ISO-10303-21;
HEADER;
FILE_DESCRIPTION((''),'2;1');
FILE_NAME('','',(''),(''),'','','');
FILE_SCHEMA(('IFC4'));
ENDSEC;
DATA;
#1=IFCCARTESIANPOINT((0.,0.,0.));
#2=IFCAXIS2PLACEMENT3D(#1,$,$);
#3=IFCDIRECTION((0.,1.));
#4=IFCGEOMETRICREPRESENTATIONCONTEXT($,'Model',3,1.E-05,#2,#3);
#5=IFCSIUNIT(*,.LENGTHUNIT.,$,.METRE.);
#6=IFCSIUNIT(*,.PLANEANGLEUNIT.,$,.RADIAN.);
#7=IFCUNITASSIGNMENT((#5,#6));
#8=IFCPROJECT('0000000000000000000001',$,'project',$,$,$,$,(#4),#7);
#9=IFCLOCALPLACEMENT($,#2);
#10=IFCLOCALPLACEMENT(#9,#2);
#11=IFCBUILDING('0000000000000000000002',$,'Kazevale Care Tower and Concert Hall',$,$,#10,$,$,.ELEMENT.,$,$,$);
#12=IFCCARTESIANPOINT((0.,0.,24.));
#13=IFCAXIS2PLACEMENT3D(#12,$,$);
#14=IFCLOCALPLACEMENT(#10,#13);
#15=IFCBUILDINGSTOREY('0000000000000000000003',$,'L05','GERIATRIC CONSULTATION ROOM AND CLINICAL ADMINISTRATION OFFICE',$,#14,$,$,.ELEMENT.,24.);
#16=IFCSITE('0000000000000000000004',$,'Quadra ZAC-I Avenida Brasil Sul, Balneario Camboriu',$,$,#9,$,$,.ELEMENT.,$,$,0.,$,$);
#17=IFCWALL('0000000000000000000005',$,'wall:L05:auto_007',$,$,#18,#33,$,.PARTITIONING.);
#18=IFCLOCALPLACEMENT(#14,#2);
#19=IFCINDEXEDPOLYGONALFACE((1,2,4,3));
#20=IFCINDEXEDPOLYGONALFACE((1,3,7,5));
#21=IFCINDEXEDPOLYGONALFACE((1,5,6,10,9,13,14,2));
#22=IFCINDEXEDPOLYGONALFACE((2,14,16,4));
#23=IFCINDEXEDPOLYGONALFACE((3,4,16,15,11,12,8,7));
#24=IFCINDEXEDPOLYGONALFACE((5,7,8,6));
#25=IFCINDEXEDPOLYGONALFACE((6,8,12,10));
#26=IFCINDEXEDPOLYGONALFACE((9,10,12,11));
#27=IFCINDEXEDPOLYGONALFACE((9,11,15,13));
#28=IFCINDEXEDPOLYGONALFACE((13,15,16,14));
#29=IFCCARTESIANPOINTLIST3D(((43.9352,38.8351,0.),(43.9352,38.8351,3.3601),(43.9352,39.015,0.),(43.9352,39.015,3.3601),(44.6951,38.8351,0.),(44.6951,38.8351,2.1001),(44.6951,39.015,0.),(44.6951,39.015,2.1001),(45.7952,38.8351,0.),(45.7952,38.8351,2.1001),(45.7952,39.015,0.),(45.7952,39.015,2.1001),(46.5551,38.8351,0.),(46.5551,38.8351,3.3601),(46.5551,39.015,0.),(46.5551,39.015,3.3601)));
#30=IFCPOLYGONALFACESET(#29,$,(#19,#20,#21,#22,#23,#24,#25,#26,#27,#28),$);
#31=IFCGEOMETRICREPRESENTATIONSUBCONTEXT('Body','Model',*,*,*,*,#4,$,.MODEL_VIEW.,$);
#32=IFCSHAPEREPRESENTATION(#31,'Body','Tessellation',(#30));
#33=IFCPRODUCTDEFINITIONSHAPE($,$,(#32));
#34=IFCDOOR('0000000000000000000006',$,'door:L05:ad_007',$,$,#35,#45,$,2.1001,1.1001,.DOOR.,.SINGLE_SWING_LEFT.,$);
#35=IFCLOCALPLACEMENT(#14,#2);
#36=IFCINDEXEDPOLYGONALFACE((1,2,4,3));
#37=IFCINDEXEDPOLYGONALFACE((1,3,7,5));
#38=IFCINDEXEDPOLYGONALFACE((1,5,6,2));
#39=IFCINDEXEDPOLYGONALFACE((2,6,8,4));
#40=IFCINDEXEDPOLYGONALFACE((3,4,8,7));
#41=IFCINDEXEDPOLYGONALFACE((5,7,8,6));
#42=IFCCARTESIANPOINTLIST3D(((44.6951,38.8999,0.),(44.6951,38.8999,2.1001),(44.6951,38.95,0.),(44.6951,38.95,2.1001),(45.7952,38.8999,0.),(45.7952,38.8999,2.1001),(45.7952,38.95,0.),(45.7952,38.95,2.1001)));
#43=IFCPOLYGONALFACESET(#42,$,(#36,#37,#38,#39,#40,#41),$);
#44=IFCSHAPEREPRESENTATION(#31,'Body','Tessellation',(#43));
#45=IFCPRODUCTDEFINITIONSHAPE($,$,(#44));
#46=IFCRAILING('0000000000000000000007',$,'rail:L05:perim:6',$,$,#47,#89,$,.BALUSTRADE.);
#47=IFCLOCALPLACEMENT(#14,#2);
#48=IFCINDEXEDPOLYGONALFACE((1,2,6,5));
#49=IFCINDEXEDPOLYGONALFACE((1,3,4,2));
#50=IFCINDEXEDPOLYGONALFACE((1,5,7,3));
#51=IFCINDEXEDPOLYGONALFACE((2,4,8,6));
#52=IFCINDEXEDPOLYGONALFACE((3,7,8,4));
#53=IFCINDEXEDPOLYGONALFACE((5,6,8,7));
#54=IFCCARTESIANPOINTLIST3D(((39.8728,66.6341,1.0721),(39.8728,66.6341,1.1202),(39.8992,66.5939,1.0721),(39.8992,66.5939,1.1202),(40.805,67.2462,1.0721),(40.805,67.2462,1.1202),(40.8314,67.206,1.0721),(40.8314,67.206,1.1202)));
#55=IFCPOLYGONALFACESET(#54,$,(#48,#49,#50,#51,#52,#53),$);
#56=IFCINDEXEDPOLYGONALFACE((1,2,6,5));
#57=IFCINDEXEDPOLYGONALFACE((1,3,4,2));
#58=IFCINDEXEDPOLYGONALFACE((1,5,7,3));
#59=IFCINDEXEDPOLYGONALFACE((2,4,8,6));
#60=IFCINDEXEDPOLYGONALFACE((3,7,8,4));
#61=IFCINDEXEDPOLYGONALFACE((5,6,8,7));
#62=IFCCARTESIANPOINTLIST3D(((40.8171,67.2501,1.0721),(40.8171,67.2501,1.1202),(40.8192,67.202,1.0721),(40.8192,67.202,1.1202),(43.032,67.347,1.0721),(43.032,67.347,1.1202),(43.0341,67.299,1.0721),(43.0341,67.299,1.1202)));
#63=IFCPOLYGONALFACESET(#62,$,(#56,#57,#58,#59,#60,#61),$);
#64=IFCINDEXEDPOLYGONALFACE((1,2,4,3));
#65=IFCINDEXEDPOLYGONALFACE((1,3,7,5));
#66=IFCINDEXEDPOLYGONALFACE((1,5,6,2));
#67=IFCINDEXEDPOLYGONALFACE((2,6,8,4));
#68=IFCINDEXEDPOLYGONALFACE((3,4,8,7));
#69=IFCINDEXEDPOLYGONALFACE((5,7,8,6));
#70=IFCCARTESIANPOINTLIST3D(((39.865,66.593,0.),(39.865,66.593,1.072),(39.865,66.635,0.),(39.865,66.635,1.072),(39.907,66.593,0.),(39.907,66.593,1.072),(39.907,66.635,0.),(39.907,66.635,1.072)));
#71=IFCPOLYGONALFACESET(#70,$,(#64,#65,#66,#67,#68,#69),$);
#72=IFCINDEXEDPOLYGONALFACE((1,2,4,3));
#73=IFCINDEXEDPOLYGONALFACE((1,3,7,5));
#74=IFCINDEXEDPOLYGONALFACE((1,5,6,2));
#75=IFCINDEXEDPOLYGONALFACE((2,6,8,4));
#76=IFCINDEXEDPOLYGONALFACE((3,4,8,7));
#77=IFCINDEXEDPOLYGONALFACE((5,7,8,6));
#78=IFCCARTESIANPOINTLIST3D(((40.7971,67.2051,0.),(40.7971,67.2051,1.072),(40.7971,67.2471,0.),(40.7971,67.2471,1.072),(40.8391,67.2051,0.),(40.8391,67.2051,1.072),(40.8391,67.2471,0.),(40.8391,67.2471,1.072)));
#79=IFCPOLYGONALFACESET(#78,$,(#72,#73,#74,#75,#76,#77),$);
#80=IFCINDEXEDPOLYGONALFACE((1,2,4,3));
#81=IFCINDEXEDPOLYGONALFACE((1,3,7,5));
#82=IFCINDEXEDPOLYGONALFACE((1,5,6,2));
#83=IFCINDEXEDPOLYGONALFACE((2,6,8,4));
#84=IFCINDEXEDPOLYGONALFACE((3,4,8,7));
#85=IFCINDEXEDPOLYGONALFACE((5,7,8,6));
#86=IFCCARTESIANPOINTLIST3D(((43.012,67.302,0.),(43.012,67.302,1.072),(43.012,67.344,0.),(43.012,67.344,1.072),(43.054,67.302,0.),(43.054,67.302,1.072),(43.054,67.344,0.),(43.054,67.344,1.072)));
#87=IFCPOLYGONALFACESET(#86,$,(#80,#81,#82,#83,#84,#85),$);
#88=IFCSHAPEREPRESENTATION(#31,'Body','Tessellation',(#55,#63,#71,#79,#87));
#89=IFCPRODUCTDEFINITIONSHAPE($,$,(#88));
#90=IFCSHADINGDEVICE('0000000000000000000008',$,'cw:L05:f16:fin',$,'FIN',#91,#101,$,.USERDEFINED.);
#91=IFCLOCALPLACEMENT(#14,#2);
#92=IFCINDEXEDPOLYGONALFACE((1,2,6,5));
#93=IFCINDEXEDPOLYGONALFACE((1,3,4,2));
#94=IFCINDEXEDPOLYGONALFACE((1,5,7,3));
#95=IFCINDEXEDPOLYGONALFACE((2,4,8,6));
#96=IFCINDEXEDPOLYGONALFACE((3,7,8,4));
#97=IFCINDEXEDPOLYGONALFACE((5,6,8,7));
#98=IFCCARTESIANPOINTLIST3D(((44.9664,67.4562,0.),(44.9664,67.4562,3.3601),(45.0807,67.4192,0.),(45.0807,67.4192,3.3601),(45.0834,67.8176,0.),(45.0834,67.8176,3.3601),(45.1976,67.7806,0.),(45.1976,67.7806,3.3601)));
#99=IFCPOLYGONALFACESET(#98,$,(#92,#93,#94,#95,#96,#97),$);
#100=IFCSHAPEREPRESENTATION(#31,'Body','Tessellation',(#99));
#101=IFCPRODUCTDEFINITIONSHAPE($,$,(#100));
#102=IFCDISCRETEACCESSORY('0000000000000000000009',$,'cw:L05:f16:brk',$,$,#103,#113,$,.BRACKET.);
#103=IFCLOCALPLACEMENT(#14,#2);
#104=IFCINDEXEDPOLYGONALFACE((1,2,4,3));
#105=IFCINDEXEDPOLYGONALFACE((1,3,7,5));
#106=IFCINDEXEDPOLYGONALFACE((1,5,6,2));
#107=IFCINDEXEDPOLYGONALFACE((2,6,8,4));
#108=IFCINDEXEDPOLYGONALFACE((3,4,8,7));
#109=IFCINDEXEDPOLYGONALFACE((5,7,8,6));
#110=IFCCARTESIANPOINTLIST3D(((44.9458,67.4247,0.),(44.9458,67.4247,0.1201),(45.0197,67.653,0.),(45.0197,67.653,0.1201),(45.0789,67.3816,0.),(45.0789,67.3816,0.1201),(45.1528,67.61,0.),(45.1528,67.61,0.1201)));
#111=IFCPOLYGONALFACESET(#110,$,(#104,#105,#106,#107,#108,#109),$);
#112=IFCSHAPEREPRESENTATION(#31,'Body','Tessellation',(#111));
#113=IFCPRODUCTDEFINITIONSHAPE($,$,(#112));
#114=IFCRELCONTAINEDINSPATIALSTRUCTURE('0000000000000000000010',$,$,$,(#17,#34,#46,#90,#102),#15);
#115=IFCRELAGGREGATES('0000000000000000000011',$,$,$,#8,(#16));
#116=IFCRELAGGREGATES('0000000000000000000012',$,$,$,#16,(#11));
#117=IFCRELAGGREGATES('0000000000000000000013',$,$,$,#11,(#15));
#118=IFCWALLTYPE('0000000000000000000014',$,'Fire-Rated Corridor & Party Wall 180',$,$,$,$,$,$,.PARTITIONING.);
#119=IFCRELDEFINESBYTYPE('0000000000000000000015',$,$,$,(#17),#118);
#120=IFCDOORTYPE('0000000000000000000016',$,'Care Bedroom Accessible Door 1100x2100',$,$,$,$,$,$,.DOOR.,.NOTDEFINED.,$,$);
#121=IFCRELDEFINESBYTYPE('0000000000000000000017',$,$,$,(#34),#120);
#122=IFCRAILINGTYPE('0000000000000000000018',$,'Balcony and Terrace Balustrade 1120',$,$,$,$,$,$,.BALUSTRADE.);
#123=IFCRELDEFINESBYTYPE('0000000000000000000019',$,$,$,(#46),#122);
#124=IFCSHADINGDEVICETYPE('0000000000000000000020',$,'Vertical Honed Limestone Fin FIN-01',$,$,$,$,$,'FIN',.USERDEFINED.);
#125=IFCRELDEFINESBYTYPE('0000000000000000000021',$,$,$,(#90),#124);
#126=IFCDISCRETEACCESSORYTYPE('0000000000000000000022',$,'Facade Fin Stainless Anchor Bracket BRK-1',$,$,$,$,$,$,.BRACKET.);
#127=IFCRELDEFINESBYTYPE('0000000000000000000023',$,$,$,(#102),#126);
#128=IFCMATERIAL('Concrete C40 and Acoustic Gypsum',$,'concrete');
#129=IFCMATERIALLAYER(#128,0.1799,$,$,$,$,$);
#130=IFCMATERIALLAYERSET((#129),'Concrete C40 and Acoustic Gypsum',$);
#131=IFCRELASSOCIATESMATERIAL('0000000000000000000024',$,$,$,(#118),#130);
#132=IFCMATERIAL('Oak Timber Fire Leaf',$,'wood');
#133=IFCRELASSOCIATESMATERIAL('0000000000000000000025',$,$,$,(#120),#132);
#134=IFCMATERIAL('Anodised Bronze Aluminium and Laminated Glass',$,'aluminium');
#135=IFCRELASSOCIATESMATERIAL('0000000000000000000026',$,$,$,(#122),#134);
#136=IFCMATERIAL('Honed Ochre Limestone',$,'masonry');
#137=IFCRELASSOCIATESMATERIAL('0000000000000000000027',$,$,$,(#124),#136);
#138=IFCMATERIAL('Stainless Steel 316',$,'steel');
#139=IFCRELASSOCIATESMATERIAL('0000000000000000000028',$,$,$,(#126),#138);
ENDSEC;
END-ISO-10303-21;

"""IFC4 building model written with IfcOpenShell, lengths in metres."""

from ifc_helpers import new_model, si_unit, direction, frame, frame_2d, origin, origin_2d, place, context, subcontext, project, spatial, rectangle, extrude, material, layer, layer_set, type_object, element, fill, save


model = new_model("IFC4")

# Units and contexts
model_context = context("Model", 3, precision=1e-05, world=origin(), true_north=direction((0.0, 1.0)))
body_context = subcontext(model_context, "Body", "Model", "MODEL_VIEW")
ifc_project = project(units=[si_unit("LENGTHUNIT", "METRE"), si_unit("PLANEANGLEUNIT", "RADIAN")], contexts=[model_context])

# Site, building, storey
site_placement = place(None, origin())
site = spatial("IfcSite", under=ifc_project, at=site_placement, Name="Quadra ZAC-I Avenida Brasil Sul, Balneario Camboriu", CompositionType="ELEMENT", RefElevation=0.0)
building_placement = place(site_placement, origin())
building = spatial("IfcBuilding", under=site, at=building_placement, Name="Kazevale Care Tower and Concert Hall", CompositionType="ELEMENT")
storey_placement = place(building_placement, frame((0.0, 0.0, 24.0)))
storey = spatial("IfcBuildingStorey", under=building, at=storey_placement, Name="L05", Description="GERIATRIC CONSULTATION ROOM AND CLINICAL ADMINISTRATION OFFICE", CompositionType="ELEMENT", Elevation=24.0)

# Wall, opening, door
ifc_material_1 = material(Name="Concrete C40 and Acoustic Gypsum", Category="concrete")
ifc_layer_1 = layer(ifc_material_1, 0.1799)
ifc_layer_set_1 = layer_set([ifc_layer_1], Name="Concrete C40 and Acoustic Gypsum")
wall_type_1 = type_object("IfcWallType", Name="Fire-Rated Corridor & Party Wall 180", PredefinedType="PARTITIONING", material=ifc_layer_set_1)
ifc_material_2 = material(Name="Oak Timber Fire Leaf", Category="wood")
door_type = type_object("IfcDoorType", Name="Care Bedroom Accessible Door 1100x2100", OperationType="NOTDEFINED", PredefinedType="DOOR", material=ifc_material_2)
wall_1_placement = place(storey_placement, frame((43.9351, 38.925, 0.0), z_axis=(0.0, 0.0, 1.0), x_axis=(1.0, 0.0, 0.0)))
wall_1 = element("IfcWall", 1, at=wall_1_placement, inside=storey, type_object=wall_type_1, Name="wall:L05:auto_007", PredefinedType="PARTITIONING", context=body_context, shape_type="SweptSolid", body=[
    extrude(rectangle(XDim=2.6199, YDim=0.1799, at=frame_2d((1.3101, 0.0))), origin(), (0.0, 0.0, 1.0), 3.3601),
])
opening_1_placement = place(wall_1_placement, frame((0.76, 0.0, 0.0)))
opening_1 = element("IfcOpeningElement", 2, at=opening_1_placement, cuts=wall_1, PredefinedType="OPENING", context=body_context, shape_type="SweptSolid", body=[
    extrude(rectangle(XDim=1.1001, YDim=2.1001, at=frame_2d((0.55, 1.05))), frame((0.0, 0.0999, 0.0), z_axis=(0.0, -1.0, 0.0), x_axis=(1.0, 0.0, 0.0)), (0.0, 0.0, 1.0), 0.2),
])
door_1_placement = place(opening_1_placement, origin())
door_1 = element("IfcDoor", 3, at=door_1_placement, inside=storey, type_object=door_type, Name="door:L05:ad_007", OperationType="SINGLE_SWING_LEFT", OverallHeight=2.1001, OverallWidth=1.1001, PredefinedType="DOOR", context=body_context, shape_type="SweptSolid", body=[
    extrude(rectangle(XDim=1.1001, YDim=2.1001, at=frame_2d((0.55, 1.05))), frame((0.0, 0.0249, 0.0), z_axis=(0.0, -1.0, 0.0), x_axis=(1.0, 0.0, 0.0)), (0.0, 0.0, 1.0), 0.05),
])
fill(opening_1, door_1)

# Railing
ifc_material_3 = material(Name="Anodised Bronze Aluminium and Laminated Glass", Category="aluminium")
railing_type = type_object("IfcRailingType", Name="Balcony and Terrace Balustrade 1120", PredefinedType="BALUSTRADE", material=ifc_material_3)
railing_placement = place(storey_placement, frame((39.886, 66.614, 0.0)))
element("IfcRailing", 4, at=railing_placement, inside=storey, type_object=railing_type, Name="rail:L05:perim:6", PredefinedType="BALUSTRADE", context=body_context, shape_type="SweptSolid", body=[
    extrude(rectangle(XDim=0.0481, YDim=0.0481, at=origin_2d()), frame((0.0, 0.0, 1.0962), z_axis=(0.835904, 0.548876, 0.0), x_axis=(-0.548876, 0.835904, 0.0)), (0.0, 0.0, 1.0), 1.1152),
    extrude(rectangle(XDim=0.0481, YDim=0.0481, at=origin_2d()), frame((0.9321, 0.6121, 1.0962), z_axis=(0.999044, 0.043719, 0.0), x_axis=(-0.043719, 0.999044, 0.0)), (0.0, 0.0, 1.0), 2.217),
    extrude(rectangle(XDim=0.042, YDim=0.042, at=origin_2d()), origin(), (0.0, 0.0, 1.0), 1.072),
    extrude(rectangle(XDim=0.042, YDim=0.042, at=origin_2d()), frame((0.9321, 0.6121, 0.0)), (0.0, 0.0, 1.0), 1.072),
    extrude(rectangle(XDim=0.042, YDim=0.042, at=origin_2d()), frame((3.147, 0.709, 0.0)), (0.0, 0.0, 1.0), 1.072),
])

# Shading device
ifc_material_4 = material(Name="Honed Ochre Limestone", Category="masonry")
shading_device_type = type_object("IfcShadingDeviceType", Name="Vertical Honed Limestone Fin FIN-01", ElementType="FIN", PredefinedType="USERDEFINED", material=ifc_material_4)
shading_device_placement = place(storey_placement, frame((45.082, 67.6184, 0.0), z_axis=(0.0, 0.0, 1.0), x_axis=(0.307855, 0.951433, 0.0)))
element("IfcShadingDevice", 5, at=shading_device_placement, inside=storey, type_object=shading_device_type, Name="cw:L05:f16:fin", ObjectType="FIN", PredefinedType="USERDEFINED", context=body_context, shape_type="SweptSolid", body=[
    extrude(rectangle(XDim=0.3799, YDim=0.1201, at=origin_2d()), origin(), (0.0, 0.0, 1.0), 3.3601),
])

# Discrete accessory
ifc_material_5 = material(Name="Stainless Steel 316", Category="steel")
discrete_accessory_type = type_object("IfcDiscreteAccessoryType", Name="Facade Fin Stainless Anchor Bracket BRK-1", PredefinedType="BRACKET", material=ifc_material_5)
discrete_accessory_placement = place(storey_placement, frame((45.0493, 67.5173, 0.0), z_axis=(0.0, 0.0, 1.0), x_axis=(0.307855, 0.951433, 0.0)))
element("IfcDiscreteAccessory", 6, at=discrete_accessory_placement, inside=storey, type_object=discrete_accessory_type, Name="cw:L05:f16:brk", PredefinedType="BRACKET", context=body_context, shape_type="SweptSolid", body=[
    extrude(rectangle(XDim=0.24, YDim=0.1399, at=origin_2d()), origin(), (0.0, 0.0, 1.0), 0.1201),
])

save(model, "model.ifc")
